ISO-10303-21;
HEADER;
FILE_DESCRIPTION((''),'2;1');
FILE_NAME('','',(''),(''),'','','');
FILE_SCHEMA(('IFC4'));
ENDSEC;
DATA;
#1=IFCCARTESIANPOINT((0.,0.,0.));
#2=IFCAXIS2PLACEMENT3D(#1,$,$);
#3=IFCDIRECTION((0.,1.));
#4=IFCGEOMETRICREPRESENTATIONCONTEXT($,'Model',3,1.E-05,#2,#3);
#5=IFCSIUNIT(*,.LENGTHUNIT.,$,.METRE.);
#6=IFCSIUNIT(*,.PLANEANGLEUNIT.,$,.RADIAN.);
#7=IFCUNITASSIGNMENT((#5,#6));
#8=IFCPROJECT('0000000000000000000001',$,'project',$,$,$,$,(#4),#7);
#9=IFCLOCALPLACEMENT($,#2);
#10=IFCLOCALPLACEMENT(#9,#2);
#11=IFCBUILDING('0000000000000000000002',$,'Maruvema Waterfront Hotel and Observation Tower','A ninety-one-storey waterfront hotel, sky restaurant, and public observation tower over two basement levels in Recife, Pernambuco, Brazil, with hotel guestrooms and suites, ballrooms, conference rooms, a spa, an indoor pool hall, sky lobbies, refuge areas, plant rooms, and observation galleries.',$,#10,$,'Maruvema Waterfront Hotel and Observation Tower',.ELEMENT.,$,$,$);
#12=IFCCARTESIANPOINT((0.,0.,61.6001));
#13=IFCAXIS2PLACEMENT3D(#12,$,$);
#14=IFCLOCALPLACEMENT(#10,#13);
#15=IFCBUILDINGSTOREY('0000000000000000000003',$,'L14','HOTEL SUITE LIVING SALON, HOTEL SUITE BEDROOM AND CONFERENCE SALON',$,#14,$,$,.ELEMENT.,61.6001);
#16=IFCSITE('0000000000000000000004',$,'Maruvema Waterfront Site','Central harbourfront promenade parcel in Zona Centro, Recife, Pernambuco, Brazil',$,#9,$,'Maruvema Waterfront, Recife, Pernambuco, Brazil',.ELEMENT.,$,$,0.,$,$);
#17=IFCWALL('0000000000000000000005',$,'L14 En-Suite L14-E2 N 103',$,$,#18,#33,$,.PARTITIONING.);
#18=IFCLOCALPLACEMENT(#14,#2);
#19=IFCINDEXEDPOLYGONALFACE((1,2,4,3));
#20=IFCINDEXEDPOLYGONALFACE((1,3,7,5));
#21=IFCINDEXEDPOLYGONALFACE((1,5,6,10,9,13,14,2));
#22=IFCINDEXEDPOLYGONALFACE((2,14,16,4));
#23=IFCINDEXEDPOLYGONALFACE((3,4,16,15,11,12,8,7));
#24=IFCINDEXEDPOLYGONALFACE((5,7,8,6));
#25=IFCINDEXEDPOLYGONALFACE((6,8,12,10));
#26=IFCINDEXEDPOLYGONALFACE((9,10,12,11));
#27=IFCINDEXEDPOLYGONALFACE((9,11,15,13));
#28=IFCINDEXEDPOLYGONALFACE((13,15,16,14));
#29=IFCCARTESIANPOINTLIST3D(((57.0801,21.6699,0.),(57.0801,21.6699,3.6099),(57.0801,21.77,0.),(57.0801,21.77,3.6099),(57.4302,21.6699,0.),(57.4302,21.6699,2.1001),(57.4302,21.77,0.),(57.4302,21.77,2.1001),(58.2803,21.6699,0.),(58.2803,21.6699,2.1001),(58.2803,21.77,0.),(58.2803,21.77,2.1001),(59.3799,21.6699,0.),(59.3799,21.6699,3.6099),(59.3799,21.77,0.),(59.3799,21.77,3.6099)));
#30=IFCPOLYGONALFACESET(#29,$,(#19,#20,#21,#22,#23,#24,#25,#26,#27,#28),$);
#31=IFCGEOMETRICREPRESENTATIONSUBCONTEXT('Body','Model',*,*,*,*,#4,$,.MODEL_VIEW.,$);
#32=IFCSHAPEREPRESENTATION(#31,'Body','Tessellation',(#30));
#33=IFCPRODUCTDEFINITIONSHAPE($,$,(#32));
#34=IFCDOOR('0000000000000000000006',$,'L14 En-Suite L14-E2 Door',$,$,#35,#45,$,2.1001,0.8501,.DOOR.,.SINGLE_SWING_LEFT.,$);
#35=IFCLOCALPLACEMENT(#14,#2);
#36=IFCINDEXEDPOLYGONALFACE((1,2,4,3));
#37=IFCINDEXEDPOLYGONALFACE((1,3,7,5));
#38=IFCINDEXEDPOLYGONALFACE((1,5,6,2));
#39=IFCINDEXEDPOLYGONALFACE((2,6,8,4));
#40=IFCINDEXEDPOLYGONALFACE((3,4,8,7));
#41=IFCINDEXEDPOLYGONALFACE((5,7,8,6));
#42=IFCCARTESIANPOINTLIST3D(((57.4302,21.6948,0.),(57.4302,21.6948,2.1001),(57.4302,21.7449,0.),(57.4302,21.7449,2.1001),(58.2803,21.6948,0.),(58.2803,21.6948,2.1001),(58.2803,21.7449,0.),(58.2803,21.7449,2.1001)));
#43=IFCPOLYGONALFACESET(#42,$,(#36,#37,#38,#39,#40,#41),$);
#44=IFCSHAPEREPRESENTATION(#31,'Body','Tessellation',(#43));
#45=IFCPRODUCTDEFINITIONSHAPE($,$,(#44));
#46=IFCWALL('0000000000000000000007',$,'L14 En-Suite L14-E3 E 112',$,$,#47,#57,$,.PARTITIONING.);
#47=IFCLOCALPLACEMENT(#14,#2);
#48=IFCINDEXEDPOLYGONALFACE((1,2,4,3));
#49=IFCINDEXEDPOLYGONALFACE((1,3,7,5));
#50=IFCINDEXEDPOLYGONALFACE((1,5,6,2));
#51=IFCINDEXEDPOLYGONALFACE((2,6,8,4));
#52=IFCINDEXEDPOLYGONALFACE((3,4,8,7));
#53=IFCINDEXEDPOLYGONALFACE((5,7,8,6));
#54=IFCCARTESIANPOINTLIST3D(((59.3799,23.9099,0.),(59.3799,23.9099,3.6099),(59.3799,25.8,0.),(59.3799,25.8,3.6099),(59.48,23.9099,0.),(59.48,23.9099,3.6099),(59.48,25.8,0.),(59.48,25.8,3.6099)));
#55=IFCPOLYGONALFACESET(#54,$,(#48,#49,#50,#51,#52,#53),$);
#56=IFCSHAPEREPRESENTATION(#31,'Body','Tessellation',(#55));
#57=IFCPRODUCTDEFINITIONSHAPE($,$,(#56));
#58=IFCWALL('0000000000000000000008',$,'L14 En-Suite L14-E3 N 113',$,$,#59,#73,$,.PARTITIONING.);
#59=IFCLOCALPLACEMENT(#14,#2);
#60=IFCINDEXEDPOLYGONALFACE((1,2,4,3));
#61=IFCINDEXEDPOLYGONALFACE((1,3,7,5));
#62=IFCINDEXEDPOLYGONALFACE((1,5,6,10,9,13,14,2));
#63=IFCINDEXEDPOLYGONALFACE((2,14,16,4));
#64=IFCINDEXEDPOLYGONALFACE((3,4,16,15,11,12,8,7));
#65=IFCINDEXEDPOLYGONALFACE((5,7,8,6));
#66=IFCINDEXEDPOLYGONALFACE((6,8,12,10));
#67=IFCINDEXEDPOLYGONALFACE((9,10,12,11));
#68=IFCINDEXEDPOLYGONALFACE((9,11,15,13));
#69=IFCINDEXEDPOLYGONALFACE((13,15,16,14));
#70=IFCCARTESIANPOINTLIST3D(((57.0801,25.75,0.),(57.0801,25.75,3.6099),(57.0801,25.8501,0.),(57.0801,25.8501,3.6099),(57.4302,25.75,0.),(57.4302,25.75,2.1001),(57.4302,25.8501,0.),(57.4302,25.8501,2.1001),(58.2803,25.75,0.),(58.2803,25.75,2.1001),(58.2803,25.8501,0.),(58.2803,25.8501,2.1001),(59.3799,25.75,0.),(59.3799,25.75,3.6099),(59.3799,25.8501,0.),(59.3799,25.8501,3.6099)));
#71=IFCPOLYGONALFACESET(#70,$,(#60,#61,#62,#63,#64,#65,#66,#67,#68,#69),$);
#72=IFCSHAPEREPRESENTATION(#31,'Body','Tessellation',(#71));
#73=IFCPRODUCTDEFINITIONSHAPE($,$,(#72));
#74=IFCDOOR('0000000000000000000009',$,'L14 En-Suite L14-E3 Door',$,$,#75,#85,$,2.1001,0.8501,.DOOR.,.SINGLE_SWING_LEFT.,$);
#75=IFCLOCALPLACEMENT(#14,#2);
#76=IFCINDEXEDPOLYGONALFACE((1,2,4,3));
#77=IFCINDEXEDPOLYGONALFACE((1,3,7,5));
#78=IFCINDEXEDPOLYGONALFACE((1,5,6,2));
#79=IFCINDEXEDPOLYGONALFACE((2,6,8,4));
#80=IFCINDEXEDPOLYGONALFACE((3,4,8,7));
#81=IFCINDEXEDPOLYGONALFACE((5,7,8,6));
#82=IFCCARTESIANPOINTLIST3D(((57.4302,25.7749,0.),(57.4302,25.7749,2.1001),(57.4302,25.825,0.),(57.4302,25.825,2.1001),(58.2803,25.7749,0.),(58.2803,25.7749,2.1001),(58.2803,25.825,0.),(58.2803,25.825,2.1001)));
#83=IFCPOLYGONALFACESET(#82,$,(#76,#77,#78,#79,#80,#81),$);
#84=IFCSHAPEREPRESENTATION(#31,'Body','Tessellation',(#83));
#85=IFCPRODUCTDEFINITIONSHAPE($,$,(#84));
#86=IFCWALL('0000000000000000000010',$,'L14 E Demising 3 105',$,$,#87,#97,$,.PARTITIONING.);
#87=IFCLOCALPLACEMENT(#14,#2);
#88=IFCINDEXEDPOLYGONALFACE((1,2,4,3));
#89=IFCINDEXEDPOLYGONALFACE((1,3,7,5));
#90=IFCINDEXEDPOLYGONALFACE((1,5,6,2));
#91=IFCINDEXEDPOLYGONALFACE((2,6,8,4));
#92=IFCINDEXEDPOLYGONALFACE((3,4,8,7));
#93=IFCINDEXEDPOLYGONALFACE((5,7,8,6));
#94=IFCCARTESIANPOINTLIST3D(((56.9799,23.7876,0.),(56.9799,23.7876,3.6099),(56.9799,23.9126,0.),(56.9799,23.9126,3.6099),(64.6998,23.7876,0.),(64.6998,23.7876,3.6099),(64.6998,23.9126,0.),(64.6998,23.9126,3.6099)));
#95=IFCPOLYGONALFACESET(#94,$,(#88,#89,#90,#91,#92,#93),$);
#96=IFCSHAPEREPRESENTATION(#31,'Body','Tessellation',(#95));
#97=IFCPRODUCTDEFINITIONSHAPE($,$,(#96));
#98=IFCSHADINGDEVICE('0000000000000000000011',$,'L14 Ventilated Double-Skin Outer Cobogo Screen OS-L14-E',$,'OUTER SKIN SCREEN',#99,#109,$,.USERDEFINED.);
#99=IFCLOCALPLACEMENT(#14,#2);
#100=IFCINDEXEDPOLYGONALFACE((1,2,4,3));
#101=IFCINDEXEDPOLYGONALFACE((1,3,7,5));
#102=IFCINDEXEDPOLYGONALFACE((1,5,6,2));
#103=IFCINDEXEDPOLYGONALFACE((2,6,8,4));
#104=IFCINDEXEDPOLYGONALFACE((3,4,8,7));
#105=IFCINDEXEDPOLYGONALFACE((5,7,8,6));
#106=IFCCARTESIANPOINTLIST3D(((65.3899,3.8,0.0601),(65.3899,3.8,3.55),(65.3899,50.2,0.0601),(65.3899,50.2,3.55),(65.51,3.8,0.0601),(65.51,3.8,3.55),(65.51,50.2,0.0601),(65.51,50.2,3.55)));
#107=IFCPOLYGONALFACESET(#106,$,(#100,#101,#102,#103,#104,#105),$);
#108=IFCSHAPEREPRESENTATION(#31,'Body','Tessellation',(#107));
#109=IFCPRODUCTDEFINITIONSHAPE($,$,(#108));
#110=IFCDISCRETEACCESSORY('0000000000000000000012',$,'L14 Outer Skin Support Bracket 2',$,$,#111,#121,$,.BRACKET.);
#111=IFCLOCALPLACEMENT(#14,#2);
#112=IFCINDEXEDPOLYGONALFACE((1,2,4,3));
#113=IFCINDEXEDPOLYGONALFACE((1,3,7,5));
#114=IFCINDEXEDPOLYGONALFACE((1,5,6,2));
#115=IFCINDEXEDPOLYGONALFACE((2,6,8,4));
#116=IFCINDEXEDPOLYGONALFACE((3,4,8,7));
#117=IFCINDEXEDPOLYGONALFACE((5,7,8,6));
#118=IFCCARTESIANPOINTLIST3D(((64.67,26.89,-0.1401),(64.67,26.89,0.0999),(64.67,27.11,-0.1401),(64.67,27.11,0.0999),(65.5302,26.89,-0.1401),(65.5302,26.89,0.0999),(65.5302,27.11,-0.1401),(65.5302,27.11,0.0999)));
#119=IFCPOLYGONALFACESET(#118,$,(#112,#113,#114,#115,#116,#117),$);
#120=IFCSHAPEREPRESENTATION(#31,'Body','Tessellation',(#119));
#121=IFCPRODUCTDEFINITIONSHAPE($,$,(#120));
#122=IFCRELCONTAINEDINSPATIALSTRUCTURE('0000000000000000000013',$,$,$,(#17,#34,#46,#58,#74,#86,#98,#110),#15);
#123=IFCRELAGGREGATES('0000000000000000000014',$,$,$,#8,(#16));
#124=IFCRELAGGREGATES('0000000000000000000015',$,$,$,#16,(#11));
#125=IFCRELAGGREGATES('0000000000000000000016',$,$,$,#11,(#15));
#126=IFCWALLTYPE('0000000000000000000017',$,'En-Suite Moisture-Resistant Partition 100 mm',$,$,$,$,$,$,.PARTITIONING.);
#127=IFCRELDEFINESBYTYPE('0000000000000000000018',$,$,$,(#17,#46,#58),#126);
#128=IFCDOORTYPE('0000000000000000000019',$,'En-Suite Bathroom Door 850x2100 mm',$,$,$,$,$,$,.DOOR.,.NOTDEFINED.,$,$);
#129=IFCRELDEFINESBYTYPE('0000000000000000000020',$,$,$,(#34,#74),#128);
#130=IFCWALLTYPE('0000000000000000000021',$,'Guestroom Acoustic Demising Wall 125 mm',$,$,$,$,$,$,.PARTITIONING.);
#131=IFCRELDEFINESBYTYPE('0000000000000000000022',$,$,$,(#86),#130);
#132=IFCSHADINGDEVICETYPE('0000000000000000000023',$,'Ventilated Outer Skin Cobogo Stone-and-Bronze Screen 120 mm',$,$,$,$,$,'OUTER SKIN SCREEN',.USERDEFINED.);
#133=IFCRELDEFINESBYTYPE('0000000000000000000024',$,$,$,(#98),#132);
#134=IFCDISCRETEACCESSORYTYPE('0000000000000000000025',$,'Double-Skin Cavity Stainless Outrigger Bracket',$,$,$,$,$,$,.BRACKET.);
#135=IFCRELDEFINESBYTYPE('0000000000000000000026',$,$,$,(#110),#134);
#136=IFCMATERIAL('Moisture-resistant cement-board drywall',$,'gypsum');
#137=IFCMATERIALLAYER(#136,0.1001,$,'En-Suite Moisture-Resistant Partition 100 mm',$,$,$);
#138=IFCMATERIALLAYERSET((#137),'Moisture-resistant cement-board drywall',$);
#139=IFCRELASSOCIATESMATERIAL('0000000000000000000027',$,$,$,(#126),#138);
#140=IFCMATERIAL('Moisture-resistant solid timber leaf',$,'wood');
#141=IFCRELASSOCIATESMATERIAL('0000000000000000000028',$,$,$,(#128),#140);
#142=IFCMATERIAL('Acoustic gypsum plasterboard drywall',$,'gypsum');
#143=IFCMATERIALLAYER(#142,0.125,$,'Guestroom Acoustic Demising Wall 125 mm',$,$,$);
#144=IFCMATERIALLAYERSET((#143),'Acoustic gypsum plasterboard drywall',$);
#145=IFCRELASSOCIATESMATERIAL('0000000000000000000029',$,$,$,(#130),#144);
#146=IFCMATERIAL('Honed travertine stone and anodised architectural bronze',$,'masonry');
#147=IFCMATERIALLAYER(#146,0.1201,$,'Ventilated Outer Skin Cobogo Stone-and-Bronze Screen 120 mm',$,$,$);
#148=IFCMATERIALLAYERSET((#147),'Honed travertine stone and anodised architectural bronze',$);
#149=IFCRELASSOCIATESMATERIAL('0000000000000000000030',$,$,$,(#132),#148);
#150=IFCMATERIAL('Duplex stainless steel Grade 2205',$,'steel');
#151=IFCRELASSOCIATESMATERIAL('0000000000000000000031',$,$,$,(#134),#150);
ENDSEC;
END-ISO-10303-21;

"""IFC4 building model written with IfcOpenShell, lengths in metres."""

from ifc_helpers import new_model, si_unit, direction, frame, frame_2d, origin, origin_2d, place, context, subcontext, project, spatial, rectangle, extrude, material, layer, layer_set, type_object, element, fill, save


model = new_model("IFC4")

# Units and contexts
model_context = context("Model", 3, precision=1e-05, world=origin(), true_north=direction((0.0, 1.0)))
body_context = subcontext(model_context, "Body", "Model", "MODEL_VIEW")
ifc_project = project(units=[si_unit("LENGTHUNIT", "METRE"), si_unit("PLANEANGLEUNIT", "RADIAN")], contexts=[model_context])

# Site, building, storey
site_placement = place(None, origin())
site = spatial("IfcSite", under=ifc_project, at=site_placement, Name="Maruvema Waterfront Site", Description="Central harbourfront promenade parcel in Zona Centro, Recife, Pernambuco, Brazil", LongName="Maruvema Waterfront, Recife, Pernambuco, Brazil", CompositionType="ELEMENT", RefElevation=0.0)
building_placement = place(site_placement, origin())
building = spatial("IfcBuilding", under=site, at=building_placement, Name="Maruvema Waterfront Hotel and Observation Tower", Description="A ninety-one-storey waterfront hotel, sky restaurant, and public observation tower over two basement levels in Recife, Pernambuco, Brazil, with hotel guestrooms and suites, ballrooms, conference rooms, a spa, an indoor pool hall, sky lobbies, refuge areas, plant rooms, and observation galleries.", LongName="Maruvema Waterfront Hotel and Observation Tower", CompositionType="ELEMENT")
storey_placement = place(building_placement, frame((0.0, 0.0, 61.6001)))
storey = spatial("IfcBuildingStorey", under=building, at=storey_placement, Name="L14", Description="HOTEL SUITE LIVING SALON, HOTEL SUITE BEDROOM AND CONFERENCE SALON", CompositionType="ELEMENT", Elevation=61.6001)

# Shared definitions
ifc_material_1 = material(Name="Moisture-resistant cement-board drywall", Category="gypsum")
ifc_layer_1 = layer(ifc_material_1, 0.1001, Name="En-Suite Moisture-Resistant Partition 100 mm")
ifc_layer_set_1 = layer_set([ifc_layer_1], Name="Moisture-resistant cement-board drywall")
wall_type_1 = type_object("IfcWallType", Name="En-Suite Moisture-Resistant Partition 100 mm", PredefinedType="PARTITIONING", material=ifc_layer_set_1)

# Wall, opening, door
wall_1_placement = place(storey_placement, frame((57.0801, 21.72, 0.0), z_axis=(0.0, 0.0, 1.0), x_axis=(1.0, 0.0, 0.0)))
wall_1 = element("IfcWall", 1, at=wall_1_placement, inside=storey, type_object=wall_type_1, Name="L14 En-Suite L14-E2 N 103", PredefinedType="PARTITIONING", context=body_context, shape_type="SweptSolid", body=[
    extrude(rectangle(XDim=2.2998, YDim=0.1001, at=frame_2d((1.1499, 0.0))), origin(), (0.0, 0.0, 1.0), 3.6099),
])
opening_1_placement = place(wall_1_placement, frame((0.3501, 0.0, 0.0)))
opening_1 = element("IfcOpeningElement", 2, at=opening_1_placement, cuts=wall_1, PredefinedType="OPENING", context=body_context, shape_type="SweptSolid", body=[
    extrude(rectangle(XDim=0.8501, YDim=2.1001, at=frame_2d((0.425, 1.05))), frame((0.0, 0.0601, 0.0), z_axis=(0.0, -1.0, 0.0), x_axis=(1.0, 0.0, 0.0)), (0.0, 0.0, 1.0), 0.1201),
])
ifc_material_2 = material(Name="Moisture-resistant solid timber leaf", Category="wood")
door_type_1 = type_object("IfcDoorType", Name="En-Suite Bathroom Door 850x2100 mm", OperationType="NOTDEFINED", PredefinedType="DOOR", material=ifc_material_2)
door_1_placement = place(opening_1_placement, origin())
door_1 = element("IfcDoor", 3, at=door_1_placement, inside=storey, type_object=door_type_1, Name="L14 En-Suite L14-E2 Door", OperationType="SINGLE_SWING_LEFT", OverallHeight=2.1001, OverallWidth=0.8501, PredefinedType="DOOR", context=body_context, shape_type="SweptSolid", body=[
    extrude(rectangle(XDim=0.8501, YDim=2.1001, at=frame_2d((0.425, 1.05))), frame((0.0, 0.0249, 0.0), z_axis=(0.0, -1.0, 0.0), x_axis=(1.0, 0.0, 0.0)), (0.0, 0.0, 1.0), 0.05),
])
fill(opening_1, door_1)

# Wall
wall_2_placement = place(storey_placement, frame((59.4299, 23.9099, 0.0), z_axis=(0.0, 0.0, 1.0), x_axis=(0.0, 1.0, 0.0)))
element("IfcWall", 4, at=wall_2_placement, inside=storey, type_object=wall_type_1, Name="L14 En-Suite L14-E3 E 112", PredefinedType="PARTITIONING", context=body_context, shape_type="SweptSolid", body=[
    extrude(rectangle(XDim=1.8901, YDim=0.1001, at=frame_2d((0.9451, 0.0))), origin(), (0.0, 0.0, 1.0), 3.6099),
])

# Wall, opening, door
wall_3_placement = place(storey_placement, frame((57.0801, 25.8, 0.0), z_axis=(0.0, 0.0, 1.0), x_axis=(1.0, 0.0, 0.0)))
wall_3 = element("IfcWall", 5, at=wall_3_placement, inside=storey, type_object=wall_type_1, Name="L14 En-Suite L14-E3 N 113", PredefinedType="PARTITIONING", context=body_context, shape_type="SweptSolid", body=[
    extrude(rectangle(XDim=2.2998, YDim=0.1001, at=frame_2d((1.1499, 0.0))), origin(), (0.0, 0.0, 1.0), 3.6099),
])
opening_2_placement = place(wall_3_placement, frame((0.3501, 0.0, 0.0)))
opening_2 = element("IfcOpeningElement", 6, at=opening_2_placement, cuts=wall_3, PredefinedType="OPENING", context=body_context, shape_type="SweptSolid", body=[
    extrude(rectangle(XDim=0.8501, YDim=2.1001, at=frame_2d((0.425, 1.05))), frame((0.0, 0.0601, 0.0), z_axis=(0.0, -1.0, 0.0), x_axis=(1.0, 0.0, 0.0)), (0.0, 0.0, 1.0), 0.1201),
])
door_2_placement = place(opening_2_placement, origin())
door_2 = element("IfcDoor", 7, at=door_2_placement, inside=storey, type_object=door_type_1, Name="L14 En-Suite L14-E3 Door", OperationType="SINGLE_SWING_LEFT", OverallHeight=2.1001, OverallWidth=0.8501, PredefinedType="DOOR", context=body_context, shape_type="SweptSolid", body=[
    extrude(rectangle(XDim=0.8501, YDim=2.1001, at=frame_2d((0.425, 1.05))), frame((0.0, 0.0249, 0.0), z_axis=(0.0, -1.0, 0.0), x_axis=(1.0, 0.0, 0.0)), (0.0, 0.0, 1.0), 0.05),
])
fill(opening_2, door_2)

# Wall
ifc_material_3 = material(Name="Acoustic gypsum plasterboard drywall", Category="gypsum")
ifc_layer_2 = layer(ifc_material_3, 0.125, Name="Guestroom Acoustic Demising Wall 125 mm")
ifc_layer_set_2 = layer_set([ifc_layer_2], Name="Acoustic gypsum plasterboard drywall")
wall_type_2 = type_object("IfcWallType", Name="Guestroom Acoustic Demising Wall 125 mm", PredefinedType="PARTITIONING", material=ifc_layer_set_2)
wall_4_placement = place(storey_placement, frame((56.98, 23.8501, 0.0), z_axis=(0.0, 0.0, 1.0), x_axis=(1.0, 0.0, 0.0)))
element("IfcWall", 8, at=wall_4_placement, inside=storey, type_object=wall_type_2, Name="L14 E Demising 3 105", PredefinedType="PARTITIONING", context=body_context, shape_type="SweptSolid", body=[
    extrude(rectangle(XDim=7.72, YDim=0.125, at=frame_2d((3.8599, 0.0))), origin(), (0.0, 0.0, 1.0), 3.6099),
])

# Shading device
ifc_material_4 = material(Name="Honed travertine stone and anodised architectural bronze", Category="masonry")
ifc_layer_3 = layer(ifc_material_4, 0.1201, Name="Ventilated Outer Skin Cobogo Stone-and-Bronze Screen 120 mm")
ifc_layer_set_3 = layer_set([ifc_layer_3], Name="Honed travertine stone and anodised architectural bronze")
shading_device_type = type_object("IfcShadingDeviceType", Name="Ventilated Outer Skin Cobogo Stone-and-Bronze Screen 120 mm", ElementType="OUTER SKIN SCREEN", PredefinedType="USERDEFINED", material=ifc_layer_set_3)
shading_device_placement = place(storey_placement, frame((65.45, 27.0, 0.0601), z_axis=(0.0, 0.0, 1.0), x_axis=(0.0, 1.0, 0.0)))
element("IfcShadingDevice", 9, at=shading_device_placement, inside=storey, type_object=shading_device_type, Name="L14 Ventilated Double-Skin Outer Cobogo Screen OS-L14-E", ObjectType="OUTER SKIN SCREEN", PredefinedType="USERDEFINED", context=body_context, shape_type="SweptSolid", body=[
    extrude(rectangle(XDim=46.3999, YDim=0.1201, at=origin_2d()), origin(), (0.0, 0.0, 1.0), 3.49),
])

# Discrete accessory
ifc_material_5 = material(Name="Duplex stainless steel Grade 2205", Category="steel")
discrete_accessory_type = type_object("IfcDiscreteAccessoryType", Name="Double-Skin Cavity Stainless Outrigger Bracket", PredefinedType="BRACKET", material=ifc_material_5)
discrete_accessory_placement = place(storey_placement, frame((65.1001, 27.0, -0.1401), z_axis=(0.0, 0.0, 1.0), x_axis=(0.0, 1.0, 0.0)))
element("IfcDiscreteAccessory", 10, at=discrete_accessory_placement, inside=storey, type_object=discrete_accessory_type, Name="L14 Outer Skin Support Bracket 2", PredefinedType="BRACKET", context=body_context, shape_type="SweptSolid", body=[
    extrude(rectangle(XDim=0.22, YDim=0.8601, at=origin_2d()), origin(), (0.0, 0.0, 1.0), 0.24),
])

save(model, "model.ifc")
